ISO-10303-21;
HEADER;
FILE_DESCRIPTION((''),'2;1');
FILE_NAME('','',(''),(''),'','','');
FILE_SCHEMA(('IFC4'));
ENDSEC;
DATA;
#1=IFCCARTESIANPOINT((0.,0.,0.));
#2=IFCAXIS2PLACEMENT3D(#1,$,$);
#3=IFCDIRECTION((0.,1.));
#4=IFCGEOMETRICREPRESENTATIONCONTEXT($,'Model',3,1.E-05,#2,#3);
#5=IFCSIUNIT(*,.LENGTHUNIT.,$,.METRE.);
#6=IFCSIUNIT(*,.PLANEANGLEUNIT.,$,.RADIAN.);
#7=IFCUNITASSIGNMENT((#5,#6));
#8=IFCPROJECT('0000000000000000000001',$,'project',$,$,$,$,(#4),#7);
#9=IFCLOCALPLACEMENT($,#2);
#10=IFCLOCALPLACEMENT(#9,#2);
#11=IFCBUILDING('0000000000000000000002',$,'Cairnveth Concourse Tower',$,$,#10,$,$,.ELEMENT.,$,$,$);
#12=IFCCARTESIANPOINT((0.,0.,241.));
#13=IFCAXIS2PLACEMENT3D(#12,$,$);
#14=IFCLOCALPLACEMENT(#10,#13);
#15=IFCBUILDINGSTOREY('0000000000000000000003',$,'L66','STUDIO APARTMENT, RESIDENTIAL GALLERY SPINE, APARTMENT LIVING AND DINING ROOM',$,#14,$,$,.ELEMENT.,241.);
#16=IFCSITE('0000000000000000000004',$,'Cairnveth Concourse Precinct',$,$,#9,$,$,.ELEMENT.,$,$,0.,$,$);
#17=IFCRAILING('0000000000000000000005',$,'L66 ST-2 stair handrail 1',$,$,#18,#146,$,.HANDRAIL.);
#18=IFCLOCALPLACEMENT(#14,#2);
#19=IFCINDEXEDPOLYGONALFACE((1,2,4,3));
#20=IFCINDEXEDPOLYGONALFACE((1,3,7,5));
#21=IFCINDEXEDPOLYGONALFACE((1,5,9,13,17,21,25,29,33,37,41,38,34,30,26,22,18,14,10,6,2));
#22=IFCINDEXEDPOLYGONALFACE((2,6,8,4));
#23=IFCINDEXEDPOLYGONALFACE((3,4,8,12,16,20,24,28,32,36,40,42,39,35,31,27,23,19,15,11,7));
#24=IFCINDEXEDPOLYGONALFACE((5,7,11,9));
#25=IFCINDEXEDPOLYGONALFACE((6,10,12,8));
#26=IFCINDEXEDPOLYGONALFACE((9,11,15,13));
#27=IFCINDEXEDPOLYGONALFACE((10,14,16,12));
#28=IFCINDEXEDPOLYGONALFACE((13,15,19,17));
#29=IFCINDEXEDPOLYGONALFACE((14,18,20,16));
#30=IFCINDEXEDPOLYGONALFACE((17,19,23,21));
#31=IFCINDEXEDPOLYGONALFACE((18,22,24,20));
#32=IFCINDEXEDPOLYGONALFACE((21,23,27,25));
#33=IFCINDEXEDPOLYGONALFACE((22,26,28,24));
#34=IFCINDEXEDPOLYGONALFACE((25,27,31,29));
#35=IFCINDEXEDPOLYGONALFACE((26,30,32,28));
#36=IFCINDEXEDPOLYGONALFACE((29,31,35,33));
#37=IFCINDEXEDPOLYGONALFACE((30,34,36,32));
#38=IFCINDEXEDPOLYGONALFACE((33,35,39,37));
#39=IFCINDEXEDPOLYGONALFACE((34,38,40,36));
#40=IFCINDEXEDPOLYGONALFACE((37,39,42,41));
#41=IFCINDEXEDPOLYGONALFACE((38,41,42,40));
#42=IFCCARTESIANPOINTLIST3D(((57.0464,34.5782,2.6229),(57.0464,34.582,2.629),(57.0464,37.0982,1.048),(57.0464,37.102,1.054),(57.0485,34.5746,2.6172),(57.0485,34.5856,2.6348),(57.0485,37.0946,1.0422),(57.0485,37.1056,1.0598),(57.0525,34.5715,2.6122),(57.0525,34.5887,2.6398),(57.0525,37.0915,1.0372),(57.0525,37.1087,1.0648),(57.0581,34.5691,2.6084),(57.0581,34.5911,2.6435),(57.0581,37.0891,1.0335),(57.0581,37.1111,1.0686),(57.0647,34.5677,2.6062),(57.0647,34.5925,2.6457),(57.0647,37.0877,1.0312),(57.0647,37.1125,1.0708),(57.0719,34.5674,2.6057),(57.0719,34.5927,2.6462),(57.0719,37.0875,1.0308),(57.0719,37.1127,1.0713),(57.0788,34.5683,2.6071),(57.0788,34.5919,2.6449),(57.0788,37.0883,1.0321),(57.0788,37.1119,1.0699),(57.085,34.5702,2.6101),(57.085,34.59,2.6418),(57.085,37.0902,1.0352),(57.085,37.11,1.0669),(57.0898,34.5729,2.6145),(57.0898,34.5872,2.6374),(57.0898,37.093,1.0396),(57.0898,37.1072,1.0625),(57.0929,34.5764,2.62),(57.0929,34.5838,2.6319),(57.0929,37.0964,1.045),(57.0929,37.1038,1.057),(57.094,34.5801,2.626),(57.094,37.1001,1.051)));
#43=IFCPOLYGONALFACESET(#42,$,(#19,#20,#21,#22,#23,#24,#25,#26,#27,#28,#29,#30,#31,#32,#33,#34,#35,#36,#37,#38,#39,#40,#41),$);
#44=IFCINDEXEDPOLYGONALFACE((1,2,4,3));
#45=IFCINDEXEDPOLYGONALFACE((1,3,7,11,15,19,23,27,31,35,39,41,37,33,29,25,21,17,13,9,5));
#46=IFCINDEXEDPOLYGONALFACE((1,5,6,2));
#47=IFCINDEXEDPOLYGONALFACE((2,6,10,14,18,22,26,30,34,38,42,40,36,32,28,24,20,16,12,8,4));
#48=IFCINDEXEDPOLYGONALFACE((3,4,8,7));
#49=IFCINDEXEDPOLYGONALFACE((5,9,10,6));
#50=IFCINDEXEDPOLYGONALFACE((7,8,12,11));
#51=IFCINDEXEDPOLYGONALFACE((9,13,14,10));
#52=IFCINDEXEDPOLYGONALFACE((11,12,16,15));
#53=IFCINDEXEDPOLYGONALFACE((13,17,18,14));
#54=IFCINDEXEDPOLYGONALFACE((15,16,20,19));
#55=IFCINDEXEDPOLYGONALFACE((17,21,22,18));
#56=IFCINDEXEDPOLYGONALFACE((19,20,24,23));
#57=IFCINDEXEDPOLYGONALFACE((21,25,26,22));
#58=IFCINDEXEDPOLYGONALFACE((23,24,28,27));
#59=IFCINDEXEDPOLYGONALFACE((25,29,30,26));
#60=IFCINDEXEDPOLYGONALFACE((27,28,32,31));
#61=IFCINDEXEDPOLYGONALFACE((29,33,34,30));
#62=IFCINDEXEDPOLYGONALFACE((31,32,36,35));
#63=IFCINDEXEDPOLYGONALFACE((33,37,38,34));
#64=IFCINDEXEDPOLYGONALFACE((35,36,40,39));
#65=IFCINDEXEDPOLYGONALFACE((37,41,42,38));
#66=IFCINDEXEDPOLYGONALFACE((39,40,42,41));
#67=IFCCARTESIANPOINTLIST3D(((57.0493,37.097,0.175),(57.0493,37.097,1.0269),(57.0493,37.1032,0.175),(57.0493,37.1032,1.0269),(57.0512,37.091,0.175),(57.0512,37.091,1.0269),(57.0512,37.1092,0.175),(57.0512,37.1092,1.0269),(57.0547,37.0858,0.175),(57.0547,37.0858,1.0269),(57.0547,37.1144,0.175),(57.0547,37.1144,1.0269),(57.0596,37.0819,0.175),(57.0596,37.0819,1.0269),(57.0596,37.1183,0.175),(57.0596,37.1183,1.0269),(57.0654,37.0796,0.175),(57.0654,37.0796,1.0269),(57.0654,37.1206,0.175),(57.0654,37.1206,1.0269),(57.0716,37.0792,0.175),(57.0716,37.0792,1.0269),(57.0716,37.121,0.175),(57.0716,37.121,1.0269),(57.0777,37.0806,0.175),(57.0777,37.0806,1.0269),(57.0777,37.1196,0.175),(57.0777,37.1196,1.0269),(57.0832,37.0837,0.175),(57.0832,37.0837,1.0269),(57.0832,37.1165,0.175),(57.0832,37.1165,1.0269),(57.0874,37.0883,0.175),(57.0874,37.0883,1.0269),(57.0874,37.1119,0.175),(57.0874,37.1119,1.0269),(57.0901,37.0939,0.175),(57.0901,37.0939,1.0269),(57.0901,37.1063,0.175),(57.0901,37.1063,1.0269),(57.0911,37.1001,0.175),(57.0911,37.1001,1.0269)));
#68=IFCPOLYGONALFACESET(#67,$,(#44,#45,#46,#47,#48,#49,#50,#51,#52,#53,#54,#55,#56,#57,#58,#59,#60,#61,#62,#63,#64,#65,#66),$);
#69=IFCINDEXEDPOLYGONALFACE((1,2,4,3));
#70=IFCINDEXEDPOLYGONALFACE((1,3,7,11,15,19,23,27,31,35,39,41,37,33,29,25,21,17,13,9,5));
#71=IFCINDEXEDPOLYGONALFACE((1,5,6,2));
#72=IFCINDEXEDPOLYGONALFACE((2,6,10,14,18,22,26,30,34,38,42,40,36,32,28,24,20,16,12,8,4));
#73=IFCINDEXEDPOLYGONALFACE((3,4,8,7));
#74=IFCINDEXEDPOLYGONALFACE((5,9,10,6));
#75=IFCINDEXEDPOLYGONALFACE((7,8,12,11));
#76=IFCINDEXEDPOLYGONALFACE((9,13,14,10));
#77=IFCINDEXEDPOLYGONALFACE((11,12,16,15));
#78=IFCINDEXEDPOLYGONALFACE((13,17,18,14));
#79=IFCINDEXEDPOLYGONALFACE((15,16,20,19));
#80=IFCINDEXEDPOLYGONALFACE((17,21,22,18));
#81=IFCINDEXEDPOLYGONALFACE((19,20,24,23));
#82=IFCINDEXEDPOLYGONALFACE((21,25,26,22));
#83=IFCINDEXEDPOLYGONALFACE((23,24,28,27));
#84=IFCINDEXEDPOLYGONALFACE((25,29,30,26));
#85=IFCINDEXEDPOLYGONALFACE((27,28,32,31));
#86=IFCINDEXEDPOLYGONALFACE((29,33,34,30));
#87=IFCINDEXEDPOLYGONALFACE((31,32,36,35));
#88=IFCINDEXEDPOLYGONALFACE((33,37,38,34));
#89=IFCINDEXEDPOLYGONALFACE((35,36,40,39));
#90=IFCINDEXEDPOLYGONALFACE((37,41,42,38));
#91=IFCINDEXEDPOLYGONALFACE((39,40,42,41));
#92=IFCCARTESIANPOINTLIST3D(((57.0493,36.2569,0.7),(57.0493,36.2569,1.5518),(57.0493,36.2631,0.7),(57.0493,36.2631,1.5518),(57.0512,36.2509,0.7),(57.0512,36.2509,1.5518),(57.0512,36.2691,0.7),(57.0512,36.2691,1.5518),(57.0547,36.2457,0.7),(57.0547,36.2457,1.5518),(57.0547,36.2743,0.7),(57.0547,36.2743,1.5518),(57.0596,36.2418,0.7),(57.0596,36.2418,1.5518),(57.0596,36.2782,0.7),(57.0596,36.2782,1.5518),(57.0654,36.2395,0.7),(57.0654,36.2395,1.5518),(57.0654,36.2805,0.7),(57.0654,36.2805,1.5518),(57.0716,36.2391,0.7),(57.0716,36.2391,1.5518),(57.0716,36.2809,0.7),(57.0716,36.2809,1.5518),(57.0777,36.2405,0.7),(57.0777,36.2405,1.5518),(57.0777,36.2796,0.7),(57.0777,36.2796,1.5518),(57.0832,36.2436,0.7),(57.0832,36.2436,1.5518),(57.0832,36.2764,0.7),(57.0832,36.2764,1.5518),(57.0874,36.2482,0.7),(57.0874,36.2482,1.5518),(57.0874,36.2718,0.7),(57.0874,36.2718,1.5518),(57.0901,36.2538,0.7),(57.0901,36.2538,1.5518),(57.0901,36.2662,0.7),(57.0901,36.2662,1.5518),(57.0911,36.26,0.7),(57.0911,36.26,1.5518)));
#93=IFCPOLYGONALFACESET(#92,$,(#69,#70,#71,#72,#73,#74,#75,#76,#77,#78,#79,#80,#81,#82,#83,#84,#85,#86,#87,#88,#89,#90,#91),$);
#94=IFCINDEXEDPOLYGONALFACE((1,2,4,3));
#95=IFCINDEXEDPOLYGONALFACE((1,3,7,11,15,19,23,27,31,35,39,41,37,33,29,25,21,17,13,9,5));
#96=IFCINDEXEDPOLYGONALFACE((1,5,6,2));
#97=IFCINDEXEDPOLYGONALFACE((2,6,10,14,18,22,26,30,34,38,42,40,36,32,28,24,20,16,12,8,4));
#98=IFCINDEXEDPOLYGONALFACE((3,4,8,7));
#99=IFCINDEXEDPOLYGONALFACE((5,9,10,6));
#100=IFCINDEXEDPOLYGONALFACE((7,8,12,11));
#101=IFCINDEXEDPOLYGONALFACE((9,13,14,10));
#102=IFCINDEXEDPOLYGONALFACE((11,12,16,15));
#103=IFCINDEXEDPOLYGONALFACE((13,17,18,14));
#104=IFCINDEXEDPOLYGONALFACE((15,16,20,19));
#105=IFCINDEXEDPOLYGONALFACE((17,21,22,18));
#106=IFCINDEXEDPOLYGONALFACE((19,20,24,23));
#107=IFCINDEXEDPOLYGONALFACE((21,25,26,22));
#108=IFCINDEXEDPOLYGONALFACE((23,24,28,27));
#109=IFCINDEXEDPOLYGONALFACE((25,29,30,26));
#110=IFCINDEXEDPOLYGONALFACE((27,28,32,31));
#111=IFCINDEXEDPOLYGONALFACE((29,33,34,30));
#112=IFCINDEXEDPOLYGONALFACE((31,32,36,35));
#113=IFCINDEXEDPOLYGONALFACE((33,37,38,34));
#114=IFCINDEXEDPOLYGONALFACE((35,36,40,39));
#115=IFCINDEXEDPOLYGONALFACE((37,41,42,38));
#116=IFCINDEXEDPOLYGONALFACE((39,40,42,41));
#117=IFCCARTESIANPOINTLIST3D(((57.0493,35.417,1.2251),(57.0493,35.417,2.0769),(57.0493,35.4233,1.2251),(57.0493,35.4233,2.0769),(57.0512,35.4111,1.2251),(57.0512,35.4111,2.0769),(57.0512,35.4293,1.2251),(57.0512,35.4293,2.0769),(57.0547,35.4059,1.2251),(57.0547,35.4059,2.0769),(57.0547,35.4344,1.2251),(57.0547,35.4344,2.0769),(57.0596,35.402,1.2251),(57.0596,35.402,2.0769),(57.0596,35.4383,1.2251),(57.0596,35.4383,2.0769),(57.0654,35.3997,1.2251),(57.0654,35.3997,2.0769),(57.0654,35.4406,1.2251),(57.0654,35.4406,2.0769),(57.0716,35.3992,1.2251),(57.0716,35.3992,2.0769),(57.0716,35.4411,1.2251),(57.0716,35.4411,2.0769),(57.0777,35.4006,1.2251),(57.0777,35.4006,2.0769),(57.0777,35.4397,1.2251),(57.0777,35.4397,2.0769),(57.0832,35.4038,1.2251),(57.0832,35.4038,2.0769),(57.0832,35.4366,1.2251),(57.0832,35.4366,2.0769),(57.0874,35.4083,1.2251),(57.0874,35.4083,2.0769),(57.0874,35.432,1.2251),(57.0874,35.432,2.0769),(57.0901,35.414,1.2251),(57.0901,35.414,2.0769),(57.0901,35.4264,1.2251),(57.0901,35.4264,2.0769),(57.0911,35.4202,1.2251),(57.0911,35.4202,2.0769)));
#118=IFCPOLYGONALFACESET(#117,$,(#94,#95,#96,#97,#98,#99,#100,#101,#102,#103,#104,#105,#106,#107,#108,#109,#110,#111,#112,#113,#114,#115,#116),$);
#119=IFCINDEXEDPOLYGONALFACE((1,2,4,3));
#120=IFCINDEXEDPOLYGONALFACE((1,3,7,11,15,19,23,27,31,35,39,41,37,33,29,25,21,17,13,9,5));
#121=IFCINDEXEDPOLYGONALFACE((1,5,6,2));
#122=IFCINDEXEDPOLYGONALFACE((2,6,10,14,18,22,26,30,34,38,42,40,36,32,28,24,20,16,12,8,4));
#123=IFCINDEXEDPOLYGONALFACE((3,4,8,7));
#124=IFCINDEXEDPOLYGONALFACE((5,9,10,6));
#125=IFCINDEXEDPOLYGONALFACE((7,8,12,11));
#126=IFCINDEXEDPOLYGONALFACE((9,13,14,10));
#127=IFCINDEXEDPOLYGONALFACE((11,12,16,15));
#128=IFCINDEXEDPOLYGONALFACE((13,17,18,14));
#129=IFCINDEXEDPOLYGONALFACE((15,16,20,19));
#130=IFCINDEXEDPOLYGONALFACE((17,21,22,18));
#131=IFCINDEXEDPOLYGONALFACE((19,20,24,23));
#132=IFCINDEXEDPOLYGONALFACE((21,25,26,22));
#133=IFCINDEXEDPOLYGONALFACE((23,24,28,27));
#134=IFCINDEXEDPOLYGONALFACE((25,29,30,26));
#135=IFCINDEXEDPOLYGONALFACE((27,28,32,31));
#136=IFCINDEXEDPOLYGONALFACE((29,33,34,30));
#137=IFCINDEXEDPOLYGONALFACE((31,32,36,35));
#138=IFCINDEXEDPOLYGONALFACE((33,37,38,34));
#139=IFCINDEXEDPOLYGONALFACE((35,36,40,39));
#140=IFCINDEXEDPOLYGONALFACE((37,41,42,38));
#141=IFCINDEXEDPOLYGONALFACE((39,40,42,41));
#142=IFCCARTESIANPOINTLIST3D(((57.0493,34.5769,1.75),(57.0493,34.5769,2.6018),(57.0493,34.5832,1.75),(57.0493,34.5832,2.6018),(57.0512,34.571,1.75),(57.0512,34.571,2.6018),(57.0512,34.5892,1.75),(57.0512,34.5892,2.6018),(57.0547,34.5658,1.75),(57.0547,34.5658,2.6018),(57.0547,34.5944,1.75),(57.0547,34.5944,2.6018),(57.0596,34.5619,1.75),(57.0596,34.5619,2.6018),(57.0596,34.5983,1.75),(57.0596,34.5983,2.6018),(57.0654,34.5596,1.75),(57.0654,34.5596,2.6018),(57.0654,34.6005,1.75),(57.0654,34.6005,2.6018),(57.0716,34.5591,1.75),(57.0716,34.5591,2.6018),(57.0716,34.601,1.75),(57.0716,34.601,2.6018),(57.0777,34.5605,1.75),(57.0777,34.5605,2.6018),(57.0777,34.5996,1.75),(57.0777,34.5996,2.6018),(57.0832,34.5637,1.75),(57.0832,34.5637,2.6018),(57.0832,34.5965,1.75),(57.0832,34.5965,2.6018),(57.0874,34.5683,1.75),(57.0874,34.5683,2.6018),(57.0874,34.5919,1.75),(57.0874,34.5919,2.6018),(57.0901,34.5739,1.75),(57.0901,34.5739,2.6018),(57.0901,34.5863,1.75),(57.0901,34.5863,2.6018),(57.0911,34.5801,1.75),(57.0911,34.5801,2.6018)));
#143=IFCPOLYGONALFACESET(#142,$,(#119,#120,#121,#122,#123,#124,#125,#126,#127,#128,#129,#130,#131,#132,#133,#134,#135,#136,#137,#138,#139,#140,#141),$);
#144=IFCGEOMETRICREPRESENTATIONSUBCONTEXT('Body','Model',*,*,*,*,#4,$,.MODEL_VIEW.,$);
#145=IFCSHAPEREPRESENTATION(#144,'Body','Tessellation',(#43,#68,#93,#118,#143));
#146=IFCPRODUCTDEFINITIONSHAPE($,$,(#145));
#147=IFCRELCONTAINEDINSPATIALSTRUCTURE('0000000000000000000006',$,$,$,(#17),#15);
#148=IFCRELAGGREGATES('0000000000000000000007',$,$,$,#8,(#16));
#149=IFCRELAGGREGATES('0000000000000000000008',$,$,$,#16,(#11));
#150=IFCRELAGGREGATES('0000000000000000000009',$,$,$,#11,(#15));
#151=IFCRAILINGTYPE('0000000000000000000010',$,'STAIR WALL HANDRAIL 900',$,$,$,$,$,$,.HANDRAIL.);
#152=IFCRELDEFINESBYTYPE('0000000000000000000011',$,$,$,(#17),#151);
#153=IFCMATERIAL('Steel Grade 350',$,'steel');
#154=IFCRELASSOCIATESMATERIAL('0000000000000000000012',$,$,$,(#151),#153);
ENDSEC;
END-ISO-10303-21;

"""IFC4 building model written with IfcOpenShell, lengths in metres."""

from ifc_helpers import new_model, si_unit, direction, frame, origin, origin_2d, place, context, subcontext, project, spatial, circle, extrude, material, type_object, element, save


model = new_model("IFC4")

# Units and contexts
model_context = context("Model", 3, precision=1e-05, world=origin(), true_north=direction((0.0, 1.0)))
body_context = subcontext(model_context, "Body", "Model", "MODEL_VIEW")
ifc_project = project(units=[si_unit("LENGTHUNIT", "METRE"), si_unit("PLANEANGLEUNIT", "RADIAN")], contexts=[model_context])

# Site, building, storey
site_placement = place(None, origin())
site = spatial("IfcSite", under=ifc_project, at=site_placement, Name="Cairnveth Concourse Precinct", CompositionType="ELEMENT", RefElevation=0.0)
building_placement = place(site_placement, origin())
building = spatial("IfcBuilding", under=site, at=building_placement, Name="Cairnveth Concourse Tower", CompositionType="ELEMENT")
storey_placement = place(building_placement, frame((0.0, 0.0, 241.0)))
storey = spatial("IfcBuildingStorey", under=building, at=storey_placement, Name="L66", Description="STUDIO APARTMENT, RESIDENTIAL GALLERY SPINE, APARTMENT LIVING AND DINING ROOM", CompositionType="ELEMENT", Elevation=241.0)

# Shared definitions
ifc_material_1 = material(Name="Steel Grade 350", Category="steel")

# Railing
railing_type_1 = type_object("IfcRailingType", Name="STAIR WALL HANDRAIL 900", PredefinedType="HANDRAIL", material=ifc_material_1)
railing_1_placement = place(storey_placement, frame((57.0701, 37.1001, 0.175)))
element("IfcRailing", 1, at=railing_1_placement, inside=storey, type_object=railing_type_1, Name="L66 ST-2 stair handrail 1", PredefinedType="HANDRAIL", context=body_context, shape_type="SweptSolid", body=[
    extrude(circle(Radius=0.0239, at=origin_2d()), frame((0.0, 0.0, 0.876), z_axis=(0.0, -0.848008, 0.529984), x_axis=(1.0, 0.0, 0.0)), (0.0, 0.0, 1.0), 2.9717),
    extrude(circle(Radius=0.021, at=origin_2d()), origin(), (0.0, 0.0, 1.0), 0.8518),
    extrude(circle(Radius=0.021, at=origin_2d()), frame((0.0, -0.8401, 0.5249)), (0.0, 0.0, 1.0), 0.8518),
    extrude(circle(Radius=0.021, at=origin_2d()), frame((0.0, -1.6799, 1.05)), (0.0, 0.0, 1.0), 0.8518),
    extrude(circle(Radius=0.021, at=origin_2d()), frame((0.0, -2.52, 1.575)), (0.0, 0.0, 1.0), 0.8518),
])

save(model, "model.ifc")
